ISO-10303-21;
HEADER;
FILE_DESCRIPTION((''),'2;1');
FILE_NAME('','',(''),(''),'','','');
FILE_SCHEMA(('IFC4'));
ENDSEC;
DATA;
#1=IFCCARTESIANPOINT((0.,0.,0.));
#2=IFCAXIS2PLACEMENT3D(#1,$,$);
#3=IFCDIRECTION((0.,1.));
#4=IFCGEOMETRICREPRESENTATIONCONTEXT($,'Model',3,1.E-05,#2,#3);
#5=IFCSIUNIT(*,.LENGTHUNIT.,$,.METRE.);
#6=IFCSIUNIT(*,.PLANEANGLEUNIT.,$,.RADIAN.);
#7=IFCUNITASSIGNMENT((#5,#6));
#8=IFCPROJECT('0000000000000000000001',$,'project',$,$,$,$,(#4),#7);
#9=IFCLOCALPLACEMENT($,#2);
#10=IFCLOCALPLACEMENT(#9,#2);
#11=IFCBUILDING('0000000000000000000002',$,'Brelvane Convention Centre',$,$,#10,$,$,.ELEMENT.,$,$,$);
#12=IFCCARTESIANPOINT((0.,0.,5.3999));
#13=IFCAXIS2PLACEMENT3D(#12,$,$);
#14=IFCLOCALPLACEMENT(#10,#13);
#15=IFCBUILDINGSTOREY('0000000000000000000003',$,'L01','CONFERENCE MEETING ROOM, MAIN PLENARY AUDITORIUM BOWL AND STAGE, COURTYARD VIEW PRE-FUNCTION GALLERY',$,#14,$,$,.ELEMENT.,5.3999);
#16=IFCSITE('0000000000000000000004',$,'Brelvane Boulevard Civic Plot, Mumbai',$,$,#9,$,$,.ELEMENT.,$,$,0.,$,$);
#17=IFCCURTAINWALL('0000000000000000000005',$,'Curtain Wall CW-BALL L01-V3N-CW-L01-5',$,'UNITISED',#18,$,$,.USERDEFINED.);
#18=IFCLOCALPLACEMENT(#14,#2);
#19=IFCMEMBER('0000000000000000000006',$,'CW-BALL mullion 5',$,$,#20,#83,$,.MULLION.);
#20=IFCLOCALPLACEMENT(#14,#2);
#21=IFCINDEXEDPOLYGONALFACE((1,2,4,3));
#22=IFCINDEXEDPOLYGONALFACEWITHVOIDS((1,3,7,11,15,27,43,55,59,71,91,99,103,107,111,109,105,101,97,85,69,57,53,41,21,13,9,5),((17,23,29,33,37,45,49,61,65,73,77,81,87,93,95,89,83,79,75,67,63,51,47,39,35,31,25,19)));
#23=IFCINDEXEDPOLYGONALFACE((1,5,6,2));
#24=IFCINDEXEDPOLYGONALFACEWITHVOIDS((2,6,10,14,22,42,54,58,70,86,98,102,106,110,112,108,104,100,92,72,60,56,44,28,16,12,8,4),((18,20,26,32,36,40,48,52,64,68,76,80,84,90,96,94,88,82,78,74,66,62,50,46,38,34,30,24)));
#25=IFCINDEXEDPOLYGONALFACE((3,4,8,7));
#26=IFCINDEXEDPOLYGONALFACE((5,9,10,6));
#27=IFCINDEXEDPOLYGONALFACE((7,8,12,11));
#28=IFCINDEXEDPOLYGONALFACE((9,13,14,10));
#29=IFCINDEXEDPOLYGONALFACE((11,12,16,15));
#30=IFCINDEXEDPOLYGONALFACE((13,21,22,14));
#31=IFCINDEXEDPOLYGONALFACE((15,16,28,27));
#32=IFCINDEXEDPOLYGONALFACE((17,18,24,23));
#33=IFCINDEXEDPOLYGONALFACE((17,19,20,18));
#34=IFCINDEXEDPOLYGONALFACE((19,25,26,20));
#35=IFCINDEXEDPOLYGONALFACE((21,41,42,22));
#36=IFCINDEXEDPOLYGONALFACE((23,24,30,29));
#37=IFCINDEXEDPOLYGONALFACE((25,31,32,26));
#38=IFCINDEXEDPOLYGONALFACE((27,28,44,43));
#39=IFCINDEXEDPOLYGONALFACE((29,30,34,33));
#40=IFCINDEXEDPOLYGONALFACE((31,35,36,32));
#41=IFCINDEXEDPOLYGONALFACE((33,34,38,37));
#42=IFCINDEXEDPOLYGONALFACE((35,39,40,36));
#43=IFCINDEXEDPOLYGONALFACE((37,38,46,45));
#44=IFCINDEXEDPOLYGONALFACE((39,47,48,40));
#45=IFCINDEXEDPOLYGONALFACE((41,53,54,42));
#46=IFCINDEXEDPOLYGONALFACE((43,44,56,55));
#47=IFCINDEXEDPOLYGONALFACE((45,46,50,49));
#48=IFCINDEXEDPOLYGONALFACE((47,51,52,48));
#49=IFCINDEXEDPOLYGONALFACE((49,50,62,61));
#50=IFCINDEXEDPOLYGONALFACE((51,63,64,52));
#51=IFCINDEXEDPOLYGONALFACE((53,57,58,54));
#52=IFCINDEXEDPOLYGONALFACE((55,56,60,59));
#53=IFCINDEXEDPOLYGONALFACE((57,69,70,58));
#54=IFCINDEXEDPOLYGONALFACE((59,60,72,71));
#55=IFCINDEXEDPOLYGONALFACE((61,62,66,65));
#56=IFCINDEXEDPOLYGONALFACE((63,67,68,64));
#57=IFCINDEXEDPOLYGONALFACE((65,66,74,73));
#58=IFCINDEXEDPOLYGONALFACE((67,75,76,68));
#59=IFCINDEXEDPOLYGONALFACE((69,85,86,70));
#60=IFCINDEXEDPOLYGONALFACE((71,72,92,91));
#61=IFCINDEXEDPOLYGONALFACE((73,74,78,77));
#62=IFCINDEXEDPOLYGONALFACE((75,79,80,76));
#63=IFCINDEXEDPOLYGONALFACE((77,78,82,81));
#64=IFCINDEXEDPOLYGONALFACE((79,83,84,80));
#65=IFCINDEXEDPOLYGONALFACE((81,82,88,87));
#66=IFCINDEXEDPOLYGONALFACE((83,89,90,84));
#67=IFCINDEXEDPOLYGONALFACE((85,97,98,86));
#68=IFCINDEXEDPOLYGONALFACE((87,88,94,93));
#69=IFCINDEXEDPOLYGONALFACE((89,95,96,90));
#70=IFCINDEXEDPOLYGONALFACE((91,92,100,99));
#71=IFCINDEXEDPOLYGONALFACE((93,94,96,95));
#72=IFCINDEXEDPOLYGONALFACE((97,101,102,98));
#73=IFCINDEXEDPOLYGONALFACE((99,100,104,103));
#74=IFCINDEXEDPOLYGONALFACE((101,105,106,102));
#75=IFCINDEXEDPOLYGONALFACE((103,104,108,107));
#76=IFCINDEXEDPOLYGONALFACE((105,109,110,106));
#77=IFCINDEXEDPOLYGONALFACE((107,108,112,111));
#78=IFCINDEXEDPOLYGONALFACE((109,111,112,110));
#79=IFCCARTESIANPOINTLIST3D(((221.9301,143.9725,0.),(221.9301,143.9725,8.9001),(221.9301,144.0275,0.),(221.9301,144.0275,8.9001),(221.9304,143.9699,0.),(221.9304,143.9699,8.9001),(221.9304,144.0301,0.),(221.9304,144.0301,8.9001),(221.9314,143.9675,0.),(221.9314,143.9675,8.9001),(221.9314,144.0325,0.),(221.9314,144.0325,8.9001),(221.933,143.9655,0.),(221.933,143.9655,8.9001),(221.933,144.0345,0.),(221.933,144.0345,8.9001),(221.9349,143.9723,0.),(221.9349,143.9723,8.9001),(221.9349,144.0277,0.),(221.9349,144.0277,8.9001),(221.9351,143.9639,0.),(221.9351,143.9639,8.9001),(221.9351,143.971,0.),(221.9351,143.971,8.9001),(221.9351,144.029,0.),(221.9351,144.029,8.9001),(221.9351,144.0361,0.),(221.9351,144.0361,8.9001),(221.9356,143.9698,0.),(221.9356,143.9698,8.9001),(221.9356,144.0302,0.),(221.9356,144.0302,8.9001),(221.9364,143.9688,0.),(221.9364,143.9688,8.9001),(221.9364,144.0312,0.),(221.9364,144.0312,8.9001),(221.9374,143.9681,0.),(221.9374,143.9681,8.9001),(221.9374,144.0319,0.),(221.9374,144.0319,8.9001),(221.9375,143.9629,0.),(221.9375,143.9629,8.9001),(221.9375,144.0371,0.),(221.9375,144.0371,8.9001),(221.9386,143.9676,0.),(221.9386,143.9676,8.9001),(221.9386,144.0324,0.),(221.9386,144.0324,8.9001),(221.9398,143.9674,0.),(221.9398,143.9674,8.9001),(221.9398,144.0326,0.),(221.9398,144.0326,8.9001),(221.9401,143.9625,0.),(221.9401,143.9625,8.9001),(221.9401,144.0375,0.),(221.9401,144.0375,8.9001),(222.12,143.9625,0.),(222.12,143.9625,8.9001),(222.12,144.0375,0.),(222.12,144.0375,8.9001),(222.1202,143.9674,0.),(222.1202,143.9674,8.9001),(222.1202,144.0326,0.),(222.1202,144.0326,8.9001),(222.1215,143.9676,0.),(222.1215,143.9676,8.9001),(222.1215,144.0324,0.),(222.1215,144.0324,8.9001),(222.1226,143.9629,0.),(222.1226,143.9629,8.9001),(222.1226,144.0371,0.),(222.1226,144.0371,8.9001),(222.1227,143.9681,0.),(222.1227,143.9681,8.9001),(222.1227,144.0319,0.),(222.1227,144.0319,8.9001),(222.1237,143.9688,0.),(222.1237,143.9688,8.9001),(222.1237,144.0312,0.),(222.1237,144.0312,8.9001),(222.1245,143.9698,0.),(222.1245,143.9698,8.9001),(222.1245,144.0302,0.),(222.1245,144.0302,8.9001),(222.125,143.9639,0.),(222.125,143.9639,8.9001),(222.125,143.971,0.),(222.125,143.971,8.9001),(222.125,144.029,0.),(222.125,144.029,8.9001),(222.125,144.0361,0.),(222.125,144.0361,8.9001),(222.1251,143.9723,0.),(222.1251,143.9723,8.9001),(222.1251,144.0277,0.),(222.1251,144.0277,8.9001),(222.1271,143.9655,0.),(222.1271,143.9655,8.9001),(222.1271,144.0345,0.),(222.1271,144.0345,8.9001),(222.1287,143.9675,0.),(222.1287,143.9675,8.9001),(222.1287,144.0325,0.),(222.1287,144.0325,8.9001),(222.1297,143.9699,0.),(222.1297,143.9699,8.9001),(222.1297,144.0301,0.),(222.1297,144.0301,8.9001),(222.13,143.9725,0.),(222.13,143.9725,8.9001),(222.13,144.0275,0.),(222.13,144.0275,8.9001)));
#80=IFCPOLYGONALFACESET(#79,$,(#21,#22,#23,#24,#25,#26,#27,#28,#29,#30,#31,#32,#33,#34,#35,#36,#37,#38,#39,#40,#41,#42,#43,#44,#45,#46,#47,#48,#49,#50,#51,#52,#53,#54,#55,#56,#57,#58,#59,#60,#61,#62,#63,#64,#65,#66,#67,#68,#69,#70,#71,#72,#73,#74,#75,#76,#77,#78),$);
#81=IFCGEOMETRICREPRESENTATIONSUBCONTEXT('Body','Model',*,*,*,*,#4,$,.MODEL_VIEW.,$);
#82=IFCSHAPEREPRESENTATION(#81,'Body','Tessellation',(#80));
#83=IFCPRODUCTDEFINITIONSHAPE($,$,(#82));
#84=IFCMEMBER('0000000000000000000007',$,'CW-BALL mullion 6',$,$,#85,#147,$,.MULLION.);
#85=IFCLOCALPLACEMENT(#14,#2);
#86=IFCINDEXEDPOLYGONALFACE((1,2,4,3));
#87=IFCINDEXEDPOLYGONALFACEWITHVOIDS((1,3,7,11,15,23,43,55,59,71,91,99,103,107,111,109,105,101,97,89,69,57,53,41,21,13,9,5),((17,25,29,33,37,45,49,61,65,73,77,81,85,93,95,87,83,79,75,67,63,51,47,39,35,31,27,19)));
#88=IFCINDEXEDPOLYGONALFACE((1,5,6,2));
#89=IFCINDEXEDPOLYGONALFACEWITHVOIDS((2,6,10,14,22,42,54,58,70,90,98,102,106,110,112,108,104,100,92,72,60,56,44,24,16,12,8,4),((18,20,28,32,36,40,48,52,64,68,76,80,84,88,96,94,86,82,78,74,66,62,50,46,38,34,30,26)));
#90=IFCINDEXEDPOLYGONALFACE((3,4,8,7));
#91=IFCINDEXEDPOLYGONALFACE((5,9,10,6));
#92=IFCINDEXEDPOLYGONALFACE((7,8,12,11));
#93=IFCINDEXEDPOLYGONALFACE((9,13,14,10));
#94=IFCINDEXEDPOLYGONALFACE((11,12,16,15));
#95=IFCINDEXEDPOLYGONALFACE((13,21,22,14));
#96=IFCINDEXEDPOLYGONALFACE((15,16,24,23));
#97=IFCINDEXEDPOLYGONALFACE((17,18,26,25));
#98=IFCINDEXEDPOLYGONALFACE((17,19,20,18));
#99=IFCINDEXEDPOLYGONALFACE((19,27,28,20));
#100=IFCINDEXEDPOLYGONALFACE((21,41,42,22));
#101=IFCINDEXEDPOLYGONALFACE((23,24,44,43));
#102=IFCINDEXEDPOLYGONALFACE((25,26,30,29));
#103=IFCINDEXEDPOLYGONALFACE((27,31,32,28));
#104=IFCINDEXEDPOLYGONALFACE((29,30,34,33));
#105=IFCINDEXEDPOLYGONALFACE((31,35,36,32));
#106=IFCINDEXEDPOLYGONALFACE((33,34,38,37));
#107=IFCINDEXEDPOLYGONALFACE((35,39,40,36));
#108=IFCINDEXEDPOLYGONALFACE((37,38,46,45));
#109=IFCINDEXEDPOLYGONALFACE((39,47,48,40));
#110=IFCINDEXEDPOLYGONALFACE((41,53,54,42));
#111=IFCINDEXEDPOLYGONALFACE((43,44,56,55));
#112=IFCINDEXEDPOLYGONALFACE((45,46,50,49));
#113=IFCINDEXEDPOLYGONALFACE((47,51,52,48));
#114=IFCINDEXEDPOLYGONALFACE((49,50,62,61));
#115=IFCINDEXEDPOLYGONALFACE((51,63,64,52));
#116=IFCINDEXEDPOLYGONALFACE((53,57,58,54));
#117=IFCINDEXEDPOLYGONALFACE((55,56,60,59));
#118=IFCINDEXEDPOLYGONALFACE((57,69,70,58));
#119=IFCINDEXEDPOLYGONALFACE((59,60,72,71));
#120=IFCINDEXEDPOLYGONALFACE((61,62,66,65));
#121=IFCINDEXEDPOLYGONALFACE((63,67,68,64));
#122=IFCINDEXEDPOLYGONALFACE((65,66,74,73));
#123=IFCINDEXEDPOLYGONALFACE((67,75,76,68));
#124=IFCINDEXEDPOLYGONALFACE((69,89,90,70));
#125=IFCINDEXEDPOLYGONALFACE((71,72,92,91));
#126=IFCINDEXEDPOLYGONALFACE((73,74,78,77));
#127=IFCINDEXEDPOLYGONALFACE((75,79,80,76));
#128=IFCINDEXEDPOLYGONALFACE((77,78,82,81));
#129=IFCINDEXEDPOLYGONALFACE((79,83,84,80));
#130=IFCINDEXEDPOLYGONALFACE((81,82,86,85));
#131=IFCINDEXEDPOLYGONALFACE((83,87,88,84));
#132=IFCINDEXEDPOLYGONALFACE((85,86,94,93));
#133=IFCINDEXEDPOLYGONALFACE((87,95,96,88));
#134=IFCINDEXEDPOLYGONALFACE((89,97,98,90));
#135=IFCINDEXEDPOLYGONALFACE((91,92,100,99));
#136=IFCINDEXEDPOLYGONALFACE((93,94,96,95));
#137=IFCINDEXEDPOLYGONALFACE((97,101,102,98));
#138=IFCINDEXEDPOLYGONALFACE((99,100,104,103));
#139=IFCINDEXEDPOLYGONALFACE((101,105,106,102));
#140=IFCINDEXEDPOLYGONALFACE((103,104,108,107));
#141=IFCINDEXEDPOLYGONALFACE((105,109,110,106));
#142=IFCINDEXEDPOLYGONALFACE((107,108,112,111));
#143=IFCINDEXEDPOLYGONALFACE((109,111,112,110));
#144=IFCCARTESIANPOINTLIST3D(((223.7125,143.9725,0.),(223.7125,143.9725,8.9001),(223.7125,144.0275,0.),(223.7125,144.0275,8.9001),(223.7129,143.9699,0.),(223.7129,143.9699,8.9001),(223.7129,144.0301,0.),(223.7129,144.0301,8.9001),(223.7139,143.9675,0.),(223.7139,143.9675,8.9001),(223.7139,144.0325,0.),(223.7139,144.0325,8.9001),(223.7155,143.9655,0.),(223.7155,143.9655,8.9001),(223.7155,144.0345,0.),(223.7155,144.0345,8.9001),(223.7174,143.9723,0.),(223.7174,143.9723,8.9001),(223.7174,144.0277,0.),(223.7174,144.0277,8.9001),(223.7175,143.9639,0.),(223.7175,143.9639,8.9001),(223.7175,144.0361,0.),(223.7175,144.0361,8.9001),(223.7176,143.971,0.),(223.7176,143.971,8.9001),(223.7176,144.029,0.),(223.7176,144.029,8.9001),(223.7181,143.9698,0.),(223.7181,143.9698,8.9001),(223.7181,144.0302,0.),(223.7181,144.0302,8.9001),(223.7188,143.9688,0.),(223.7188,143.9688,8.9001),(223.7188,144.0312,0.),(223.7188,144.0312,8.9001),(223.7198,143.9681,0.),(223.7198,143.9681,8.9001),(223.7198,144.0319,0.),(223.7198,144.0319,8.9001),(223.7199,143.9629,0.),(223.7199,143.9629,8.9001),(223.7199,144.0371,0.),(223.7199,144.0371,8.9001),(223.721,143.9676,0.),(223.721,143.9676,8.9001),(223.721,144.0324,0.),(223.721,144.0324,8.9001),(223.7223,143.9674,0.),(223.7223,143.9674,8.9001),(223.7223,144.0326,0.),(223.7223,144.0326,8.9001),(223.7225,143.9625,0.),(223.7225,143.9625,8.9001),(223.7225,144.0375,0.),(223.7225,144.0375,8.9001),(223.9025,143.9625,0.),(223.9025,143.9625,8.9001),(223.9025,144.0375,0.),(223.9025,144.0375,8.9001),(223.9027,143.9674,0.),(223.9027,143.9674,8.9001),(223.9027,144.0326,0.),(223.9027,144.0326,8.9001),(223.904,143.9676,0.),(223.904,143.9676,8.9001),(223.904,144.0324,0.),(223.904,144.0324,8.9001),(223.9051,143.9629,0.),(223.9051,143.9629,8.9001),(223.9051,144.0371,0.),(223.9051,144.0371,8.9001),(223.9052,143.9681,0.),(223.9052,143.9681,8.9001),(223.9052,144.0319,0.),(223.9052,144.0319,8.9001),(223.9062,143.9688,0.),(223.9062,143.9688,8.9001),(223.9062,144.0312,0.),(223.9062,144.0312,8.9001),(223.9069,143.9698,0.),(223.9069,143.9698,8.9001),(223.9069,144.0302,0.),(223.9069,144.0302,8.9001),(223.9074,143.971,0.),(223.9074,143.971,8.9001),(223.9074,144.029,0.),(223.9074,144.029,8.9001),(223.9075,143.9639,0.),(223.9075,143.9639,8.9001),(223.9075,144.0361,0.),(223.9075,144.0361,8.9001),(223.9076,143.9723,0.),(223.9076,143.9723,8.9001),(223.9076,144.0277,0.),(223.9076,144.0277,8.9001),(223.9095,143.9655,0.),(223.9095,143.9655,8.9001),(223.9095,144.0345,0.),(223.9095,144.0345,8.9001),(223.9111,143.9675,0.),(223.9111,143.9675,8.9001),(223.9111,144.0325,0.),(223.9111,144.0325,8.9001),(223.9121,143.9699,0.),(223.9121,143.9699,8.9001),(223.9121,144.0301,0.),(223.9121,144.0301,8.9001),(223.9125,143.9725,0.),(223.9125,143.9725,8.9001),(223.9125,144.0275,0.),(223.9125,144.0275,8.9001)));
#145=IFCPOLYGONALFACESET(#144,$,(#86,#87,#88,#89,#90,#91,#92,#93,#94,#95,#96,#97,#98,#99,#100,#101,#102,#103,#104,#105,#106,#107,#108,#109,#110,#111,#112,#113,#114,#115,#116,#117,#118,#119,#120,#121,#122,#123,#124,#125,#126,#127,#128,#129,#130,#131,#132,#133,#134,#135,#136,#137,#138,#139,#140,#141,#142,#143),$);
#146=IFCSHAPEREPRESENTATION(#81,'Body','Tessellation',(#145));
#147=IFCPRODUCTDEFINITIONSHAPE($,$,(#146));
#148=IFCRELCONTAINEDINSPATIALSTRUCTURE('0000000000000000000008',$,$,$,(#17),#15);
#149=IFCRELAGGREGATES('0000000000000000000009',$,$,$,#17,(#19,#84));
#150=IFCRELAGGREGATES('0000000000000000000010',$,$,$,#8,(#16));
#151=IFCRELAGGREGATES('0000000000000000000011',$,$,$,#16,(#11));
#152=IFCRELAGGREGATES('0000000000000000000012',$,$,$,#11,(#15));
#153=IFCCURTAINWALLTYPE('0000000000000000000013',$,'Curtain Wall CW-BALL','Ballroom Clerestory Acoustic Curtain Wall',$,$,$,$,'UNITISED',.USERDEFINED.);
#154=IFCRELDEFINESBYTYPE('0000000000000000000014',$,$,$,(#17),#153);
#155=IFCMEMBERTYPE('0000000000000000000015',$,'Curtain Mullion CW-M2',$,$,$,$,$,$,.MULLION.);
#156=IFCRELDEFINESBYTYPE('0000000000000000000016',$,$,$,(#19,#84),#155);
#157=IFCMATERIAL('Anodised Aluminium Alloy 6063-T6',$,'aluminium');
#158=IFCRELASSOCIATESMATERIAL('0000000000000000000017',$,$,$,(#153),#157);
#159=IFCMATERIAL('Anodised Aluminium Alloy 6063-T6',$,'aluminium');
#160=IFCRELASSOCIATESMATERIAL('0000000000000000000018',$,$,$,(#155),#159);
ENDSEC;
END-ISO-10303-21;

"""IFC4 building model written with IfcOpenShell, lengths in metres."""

from ifc_helpers import new_model, si_unit, direction, frame, origin, origin_2d, place, context, subcontext, project, spatial, hollow_rectangle, extrude, material, material_profile, profile_set, type_object, element, aggregate, save


model = new_model("IFC4")

# Units and contexts
model_context = context("Model", 3, precision=1e-05, world=origin(), true_north=direction((0.0, 1.0)))
body_context = subcontext(model_context, "Body", "Model", "MODEL_VIEW")
ifc_project = project(units=[si_unit("LENGTHUNIT", "METRE"), si_unit("PLANEANGLEUNIT", "RADIAN")], contexts=[model_context])

# Site, building, storey
site_placement = place(None, origin())
site = spatial("IfcSite", under=ifc_project, at=site_placement, Name="Brelvane Boulevard Civic Plot, Mumbai", CompositionType="ELEMENT", RefElevation=0.0)
building_placement = place(site_placement, origin())
building = spatial("IfcBuilding", under=site, at=building_placement, Name="Brelvane Convention Centre", CompositionType="ELEMENT")
storey_placement = place(building_placement, frame((0.0, 0.0, 5.3999)))
storey = spatial("IfcBuildingStorey", under=building, at=storey_placement, Name="L01", Description="CONFERENCE MEETING ROOM, MAIN PLENARY AUDITORIUM BOWL AND STAGE, COURTYARD VIEW PRE-FUNCTION GALLERY", CompositionType="ELEMENT", Elevation=5.3999)

# Curtain wall, members
ifc_material_1 = material(Name="Anodised Aluminium Alloy 6063-T6", Category="aluminium")
curtain_wall_type = type_object("IfcCurtainWallType", Name="Curtain Wall CW-BALL", Description="Ballroom Clerestory Acoustic Curtain Wall", ElementType="UNITISED", PredefinedType="USERDEFINED", material=ifc_material_1)
curtain_wall_placement = place(storey_placement, origin())
curtain_wall = element("IfcCurtainWall", 1, at=curtain_wall_placement, inside=storey, type_object=curtain_wall_type, Name="Curtain Wall CW-BALL L01-V3N-CW-L01-5", ObjectType="UNITISED", PredefinedType="USERDEFINED")
ifc_material_2 = material(Name="Anodised Aluminium Alloy 6063-T6", Category="aluminium")
ifc_material_profile_1 = material_profile(ifc_material_2, hollow_rectangle(XDim=0.075, YDim=0.2, WallThickness=0.0049, InnerFilletRadius=0.0049, OuterFilletRadius=0.01, at=origin_2d()), Name="ALU-M 200x75x5.0")
ifc_profile_set_1 = profile_set([ifc_material_profile_1], Name="Anodised Aluminium Alloy 6063-T6")
member_type_1 = type_object("IfcMemberType", Name="Curtain Mullion CW-M2", PredefinedType="MULLION", material=ifc_profile_set_1)
member_1_placement = place(storey_placement, frame((222.03, 144.0, 0.0), z_axis=(0.0, 0.0, 1.0), x_axis=(0.0, 1.0, 0.0)))
member_1 = element("IfcMember", 2, at=member_1_placement, type_object=member_type_1, Name="CW-BALL mullion 5", PredefinedType="MULLION", context=body_context, shape_type="SweptSolid", body=[
    extrude(hollow_rectangle(XDim=0.075, YDim=0.2, WallThickness=0.0049, InnerFilletRadius=0.0049, OuterFilletRadius=0.01, at=origin_2d()), origin(), (0.0, 0.0, 1.0), 8.9001),
])
member_2_placement = place(storey_placement, frame((223.8125, 144.0, 0.0), z_axis=(0.0, 0.0, 1.0), x_axis=(0.0, 1.0, 0.0)))
member_2 = element("IfcMember", 3, at=member_2_placement, type_object=member_type_1, Name="CW-BALL mullion 6", PredefinedType="MULLION", context=body_context, shape_type="SweptSolid", body=[
    extrude(hollow_rectangle(XDim=0.075, YDim=0.2, WallThickness=0.0049, InnerFilletRadius=0.0049, OuterFilletRadius=0.01, at=origin_2d()), origin(), (0.0, 0.0, 1.0), 8.9001),
])
aggregate(curtain_wall, [member_1, member_2])

save(model, "model.ifc")
